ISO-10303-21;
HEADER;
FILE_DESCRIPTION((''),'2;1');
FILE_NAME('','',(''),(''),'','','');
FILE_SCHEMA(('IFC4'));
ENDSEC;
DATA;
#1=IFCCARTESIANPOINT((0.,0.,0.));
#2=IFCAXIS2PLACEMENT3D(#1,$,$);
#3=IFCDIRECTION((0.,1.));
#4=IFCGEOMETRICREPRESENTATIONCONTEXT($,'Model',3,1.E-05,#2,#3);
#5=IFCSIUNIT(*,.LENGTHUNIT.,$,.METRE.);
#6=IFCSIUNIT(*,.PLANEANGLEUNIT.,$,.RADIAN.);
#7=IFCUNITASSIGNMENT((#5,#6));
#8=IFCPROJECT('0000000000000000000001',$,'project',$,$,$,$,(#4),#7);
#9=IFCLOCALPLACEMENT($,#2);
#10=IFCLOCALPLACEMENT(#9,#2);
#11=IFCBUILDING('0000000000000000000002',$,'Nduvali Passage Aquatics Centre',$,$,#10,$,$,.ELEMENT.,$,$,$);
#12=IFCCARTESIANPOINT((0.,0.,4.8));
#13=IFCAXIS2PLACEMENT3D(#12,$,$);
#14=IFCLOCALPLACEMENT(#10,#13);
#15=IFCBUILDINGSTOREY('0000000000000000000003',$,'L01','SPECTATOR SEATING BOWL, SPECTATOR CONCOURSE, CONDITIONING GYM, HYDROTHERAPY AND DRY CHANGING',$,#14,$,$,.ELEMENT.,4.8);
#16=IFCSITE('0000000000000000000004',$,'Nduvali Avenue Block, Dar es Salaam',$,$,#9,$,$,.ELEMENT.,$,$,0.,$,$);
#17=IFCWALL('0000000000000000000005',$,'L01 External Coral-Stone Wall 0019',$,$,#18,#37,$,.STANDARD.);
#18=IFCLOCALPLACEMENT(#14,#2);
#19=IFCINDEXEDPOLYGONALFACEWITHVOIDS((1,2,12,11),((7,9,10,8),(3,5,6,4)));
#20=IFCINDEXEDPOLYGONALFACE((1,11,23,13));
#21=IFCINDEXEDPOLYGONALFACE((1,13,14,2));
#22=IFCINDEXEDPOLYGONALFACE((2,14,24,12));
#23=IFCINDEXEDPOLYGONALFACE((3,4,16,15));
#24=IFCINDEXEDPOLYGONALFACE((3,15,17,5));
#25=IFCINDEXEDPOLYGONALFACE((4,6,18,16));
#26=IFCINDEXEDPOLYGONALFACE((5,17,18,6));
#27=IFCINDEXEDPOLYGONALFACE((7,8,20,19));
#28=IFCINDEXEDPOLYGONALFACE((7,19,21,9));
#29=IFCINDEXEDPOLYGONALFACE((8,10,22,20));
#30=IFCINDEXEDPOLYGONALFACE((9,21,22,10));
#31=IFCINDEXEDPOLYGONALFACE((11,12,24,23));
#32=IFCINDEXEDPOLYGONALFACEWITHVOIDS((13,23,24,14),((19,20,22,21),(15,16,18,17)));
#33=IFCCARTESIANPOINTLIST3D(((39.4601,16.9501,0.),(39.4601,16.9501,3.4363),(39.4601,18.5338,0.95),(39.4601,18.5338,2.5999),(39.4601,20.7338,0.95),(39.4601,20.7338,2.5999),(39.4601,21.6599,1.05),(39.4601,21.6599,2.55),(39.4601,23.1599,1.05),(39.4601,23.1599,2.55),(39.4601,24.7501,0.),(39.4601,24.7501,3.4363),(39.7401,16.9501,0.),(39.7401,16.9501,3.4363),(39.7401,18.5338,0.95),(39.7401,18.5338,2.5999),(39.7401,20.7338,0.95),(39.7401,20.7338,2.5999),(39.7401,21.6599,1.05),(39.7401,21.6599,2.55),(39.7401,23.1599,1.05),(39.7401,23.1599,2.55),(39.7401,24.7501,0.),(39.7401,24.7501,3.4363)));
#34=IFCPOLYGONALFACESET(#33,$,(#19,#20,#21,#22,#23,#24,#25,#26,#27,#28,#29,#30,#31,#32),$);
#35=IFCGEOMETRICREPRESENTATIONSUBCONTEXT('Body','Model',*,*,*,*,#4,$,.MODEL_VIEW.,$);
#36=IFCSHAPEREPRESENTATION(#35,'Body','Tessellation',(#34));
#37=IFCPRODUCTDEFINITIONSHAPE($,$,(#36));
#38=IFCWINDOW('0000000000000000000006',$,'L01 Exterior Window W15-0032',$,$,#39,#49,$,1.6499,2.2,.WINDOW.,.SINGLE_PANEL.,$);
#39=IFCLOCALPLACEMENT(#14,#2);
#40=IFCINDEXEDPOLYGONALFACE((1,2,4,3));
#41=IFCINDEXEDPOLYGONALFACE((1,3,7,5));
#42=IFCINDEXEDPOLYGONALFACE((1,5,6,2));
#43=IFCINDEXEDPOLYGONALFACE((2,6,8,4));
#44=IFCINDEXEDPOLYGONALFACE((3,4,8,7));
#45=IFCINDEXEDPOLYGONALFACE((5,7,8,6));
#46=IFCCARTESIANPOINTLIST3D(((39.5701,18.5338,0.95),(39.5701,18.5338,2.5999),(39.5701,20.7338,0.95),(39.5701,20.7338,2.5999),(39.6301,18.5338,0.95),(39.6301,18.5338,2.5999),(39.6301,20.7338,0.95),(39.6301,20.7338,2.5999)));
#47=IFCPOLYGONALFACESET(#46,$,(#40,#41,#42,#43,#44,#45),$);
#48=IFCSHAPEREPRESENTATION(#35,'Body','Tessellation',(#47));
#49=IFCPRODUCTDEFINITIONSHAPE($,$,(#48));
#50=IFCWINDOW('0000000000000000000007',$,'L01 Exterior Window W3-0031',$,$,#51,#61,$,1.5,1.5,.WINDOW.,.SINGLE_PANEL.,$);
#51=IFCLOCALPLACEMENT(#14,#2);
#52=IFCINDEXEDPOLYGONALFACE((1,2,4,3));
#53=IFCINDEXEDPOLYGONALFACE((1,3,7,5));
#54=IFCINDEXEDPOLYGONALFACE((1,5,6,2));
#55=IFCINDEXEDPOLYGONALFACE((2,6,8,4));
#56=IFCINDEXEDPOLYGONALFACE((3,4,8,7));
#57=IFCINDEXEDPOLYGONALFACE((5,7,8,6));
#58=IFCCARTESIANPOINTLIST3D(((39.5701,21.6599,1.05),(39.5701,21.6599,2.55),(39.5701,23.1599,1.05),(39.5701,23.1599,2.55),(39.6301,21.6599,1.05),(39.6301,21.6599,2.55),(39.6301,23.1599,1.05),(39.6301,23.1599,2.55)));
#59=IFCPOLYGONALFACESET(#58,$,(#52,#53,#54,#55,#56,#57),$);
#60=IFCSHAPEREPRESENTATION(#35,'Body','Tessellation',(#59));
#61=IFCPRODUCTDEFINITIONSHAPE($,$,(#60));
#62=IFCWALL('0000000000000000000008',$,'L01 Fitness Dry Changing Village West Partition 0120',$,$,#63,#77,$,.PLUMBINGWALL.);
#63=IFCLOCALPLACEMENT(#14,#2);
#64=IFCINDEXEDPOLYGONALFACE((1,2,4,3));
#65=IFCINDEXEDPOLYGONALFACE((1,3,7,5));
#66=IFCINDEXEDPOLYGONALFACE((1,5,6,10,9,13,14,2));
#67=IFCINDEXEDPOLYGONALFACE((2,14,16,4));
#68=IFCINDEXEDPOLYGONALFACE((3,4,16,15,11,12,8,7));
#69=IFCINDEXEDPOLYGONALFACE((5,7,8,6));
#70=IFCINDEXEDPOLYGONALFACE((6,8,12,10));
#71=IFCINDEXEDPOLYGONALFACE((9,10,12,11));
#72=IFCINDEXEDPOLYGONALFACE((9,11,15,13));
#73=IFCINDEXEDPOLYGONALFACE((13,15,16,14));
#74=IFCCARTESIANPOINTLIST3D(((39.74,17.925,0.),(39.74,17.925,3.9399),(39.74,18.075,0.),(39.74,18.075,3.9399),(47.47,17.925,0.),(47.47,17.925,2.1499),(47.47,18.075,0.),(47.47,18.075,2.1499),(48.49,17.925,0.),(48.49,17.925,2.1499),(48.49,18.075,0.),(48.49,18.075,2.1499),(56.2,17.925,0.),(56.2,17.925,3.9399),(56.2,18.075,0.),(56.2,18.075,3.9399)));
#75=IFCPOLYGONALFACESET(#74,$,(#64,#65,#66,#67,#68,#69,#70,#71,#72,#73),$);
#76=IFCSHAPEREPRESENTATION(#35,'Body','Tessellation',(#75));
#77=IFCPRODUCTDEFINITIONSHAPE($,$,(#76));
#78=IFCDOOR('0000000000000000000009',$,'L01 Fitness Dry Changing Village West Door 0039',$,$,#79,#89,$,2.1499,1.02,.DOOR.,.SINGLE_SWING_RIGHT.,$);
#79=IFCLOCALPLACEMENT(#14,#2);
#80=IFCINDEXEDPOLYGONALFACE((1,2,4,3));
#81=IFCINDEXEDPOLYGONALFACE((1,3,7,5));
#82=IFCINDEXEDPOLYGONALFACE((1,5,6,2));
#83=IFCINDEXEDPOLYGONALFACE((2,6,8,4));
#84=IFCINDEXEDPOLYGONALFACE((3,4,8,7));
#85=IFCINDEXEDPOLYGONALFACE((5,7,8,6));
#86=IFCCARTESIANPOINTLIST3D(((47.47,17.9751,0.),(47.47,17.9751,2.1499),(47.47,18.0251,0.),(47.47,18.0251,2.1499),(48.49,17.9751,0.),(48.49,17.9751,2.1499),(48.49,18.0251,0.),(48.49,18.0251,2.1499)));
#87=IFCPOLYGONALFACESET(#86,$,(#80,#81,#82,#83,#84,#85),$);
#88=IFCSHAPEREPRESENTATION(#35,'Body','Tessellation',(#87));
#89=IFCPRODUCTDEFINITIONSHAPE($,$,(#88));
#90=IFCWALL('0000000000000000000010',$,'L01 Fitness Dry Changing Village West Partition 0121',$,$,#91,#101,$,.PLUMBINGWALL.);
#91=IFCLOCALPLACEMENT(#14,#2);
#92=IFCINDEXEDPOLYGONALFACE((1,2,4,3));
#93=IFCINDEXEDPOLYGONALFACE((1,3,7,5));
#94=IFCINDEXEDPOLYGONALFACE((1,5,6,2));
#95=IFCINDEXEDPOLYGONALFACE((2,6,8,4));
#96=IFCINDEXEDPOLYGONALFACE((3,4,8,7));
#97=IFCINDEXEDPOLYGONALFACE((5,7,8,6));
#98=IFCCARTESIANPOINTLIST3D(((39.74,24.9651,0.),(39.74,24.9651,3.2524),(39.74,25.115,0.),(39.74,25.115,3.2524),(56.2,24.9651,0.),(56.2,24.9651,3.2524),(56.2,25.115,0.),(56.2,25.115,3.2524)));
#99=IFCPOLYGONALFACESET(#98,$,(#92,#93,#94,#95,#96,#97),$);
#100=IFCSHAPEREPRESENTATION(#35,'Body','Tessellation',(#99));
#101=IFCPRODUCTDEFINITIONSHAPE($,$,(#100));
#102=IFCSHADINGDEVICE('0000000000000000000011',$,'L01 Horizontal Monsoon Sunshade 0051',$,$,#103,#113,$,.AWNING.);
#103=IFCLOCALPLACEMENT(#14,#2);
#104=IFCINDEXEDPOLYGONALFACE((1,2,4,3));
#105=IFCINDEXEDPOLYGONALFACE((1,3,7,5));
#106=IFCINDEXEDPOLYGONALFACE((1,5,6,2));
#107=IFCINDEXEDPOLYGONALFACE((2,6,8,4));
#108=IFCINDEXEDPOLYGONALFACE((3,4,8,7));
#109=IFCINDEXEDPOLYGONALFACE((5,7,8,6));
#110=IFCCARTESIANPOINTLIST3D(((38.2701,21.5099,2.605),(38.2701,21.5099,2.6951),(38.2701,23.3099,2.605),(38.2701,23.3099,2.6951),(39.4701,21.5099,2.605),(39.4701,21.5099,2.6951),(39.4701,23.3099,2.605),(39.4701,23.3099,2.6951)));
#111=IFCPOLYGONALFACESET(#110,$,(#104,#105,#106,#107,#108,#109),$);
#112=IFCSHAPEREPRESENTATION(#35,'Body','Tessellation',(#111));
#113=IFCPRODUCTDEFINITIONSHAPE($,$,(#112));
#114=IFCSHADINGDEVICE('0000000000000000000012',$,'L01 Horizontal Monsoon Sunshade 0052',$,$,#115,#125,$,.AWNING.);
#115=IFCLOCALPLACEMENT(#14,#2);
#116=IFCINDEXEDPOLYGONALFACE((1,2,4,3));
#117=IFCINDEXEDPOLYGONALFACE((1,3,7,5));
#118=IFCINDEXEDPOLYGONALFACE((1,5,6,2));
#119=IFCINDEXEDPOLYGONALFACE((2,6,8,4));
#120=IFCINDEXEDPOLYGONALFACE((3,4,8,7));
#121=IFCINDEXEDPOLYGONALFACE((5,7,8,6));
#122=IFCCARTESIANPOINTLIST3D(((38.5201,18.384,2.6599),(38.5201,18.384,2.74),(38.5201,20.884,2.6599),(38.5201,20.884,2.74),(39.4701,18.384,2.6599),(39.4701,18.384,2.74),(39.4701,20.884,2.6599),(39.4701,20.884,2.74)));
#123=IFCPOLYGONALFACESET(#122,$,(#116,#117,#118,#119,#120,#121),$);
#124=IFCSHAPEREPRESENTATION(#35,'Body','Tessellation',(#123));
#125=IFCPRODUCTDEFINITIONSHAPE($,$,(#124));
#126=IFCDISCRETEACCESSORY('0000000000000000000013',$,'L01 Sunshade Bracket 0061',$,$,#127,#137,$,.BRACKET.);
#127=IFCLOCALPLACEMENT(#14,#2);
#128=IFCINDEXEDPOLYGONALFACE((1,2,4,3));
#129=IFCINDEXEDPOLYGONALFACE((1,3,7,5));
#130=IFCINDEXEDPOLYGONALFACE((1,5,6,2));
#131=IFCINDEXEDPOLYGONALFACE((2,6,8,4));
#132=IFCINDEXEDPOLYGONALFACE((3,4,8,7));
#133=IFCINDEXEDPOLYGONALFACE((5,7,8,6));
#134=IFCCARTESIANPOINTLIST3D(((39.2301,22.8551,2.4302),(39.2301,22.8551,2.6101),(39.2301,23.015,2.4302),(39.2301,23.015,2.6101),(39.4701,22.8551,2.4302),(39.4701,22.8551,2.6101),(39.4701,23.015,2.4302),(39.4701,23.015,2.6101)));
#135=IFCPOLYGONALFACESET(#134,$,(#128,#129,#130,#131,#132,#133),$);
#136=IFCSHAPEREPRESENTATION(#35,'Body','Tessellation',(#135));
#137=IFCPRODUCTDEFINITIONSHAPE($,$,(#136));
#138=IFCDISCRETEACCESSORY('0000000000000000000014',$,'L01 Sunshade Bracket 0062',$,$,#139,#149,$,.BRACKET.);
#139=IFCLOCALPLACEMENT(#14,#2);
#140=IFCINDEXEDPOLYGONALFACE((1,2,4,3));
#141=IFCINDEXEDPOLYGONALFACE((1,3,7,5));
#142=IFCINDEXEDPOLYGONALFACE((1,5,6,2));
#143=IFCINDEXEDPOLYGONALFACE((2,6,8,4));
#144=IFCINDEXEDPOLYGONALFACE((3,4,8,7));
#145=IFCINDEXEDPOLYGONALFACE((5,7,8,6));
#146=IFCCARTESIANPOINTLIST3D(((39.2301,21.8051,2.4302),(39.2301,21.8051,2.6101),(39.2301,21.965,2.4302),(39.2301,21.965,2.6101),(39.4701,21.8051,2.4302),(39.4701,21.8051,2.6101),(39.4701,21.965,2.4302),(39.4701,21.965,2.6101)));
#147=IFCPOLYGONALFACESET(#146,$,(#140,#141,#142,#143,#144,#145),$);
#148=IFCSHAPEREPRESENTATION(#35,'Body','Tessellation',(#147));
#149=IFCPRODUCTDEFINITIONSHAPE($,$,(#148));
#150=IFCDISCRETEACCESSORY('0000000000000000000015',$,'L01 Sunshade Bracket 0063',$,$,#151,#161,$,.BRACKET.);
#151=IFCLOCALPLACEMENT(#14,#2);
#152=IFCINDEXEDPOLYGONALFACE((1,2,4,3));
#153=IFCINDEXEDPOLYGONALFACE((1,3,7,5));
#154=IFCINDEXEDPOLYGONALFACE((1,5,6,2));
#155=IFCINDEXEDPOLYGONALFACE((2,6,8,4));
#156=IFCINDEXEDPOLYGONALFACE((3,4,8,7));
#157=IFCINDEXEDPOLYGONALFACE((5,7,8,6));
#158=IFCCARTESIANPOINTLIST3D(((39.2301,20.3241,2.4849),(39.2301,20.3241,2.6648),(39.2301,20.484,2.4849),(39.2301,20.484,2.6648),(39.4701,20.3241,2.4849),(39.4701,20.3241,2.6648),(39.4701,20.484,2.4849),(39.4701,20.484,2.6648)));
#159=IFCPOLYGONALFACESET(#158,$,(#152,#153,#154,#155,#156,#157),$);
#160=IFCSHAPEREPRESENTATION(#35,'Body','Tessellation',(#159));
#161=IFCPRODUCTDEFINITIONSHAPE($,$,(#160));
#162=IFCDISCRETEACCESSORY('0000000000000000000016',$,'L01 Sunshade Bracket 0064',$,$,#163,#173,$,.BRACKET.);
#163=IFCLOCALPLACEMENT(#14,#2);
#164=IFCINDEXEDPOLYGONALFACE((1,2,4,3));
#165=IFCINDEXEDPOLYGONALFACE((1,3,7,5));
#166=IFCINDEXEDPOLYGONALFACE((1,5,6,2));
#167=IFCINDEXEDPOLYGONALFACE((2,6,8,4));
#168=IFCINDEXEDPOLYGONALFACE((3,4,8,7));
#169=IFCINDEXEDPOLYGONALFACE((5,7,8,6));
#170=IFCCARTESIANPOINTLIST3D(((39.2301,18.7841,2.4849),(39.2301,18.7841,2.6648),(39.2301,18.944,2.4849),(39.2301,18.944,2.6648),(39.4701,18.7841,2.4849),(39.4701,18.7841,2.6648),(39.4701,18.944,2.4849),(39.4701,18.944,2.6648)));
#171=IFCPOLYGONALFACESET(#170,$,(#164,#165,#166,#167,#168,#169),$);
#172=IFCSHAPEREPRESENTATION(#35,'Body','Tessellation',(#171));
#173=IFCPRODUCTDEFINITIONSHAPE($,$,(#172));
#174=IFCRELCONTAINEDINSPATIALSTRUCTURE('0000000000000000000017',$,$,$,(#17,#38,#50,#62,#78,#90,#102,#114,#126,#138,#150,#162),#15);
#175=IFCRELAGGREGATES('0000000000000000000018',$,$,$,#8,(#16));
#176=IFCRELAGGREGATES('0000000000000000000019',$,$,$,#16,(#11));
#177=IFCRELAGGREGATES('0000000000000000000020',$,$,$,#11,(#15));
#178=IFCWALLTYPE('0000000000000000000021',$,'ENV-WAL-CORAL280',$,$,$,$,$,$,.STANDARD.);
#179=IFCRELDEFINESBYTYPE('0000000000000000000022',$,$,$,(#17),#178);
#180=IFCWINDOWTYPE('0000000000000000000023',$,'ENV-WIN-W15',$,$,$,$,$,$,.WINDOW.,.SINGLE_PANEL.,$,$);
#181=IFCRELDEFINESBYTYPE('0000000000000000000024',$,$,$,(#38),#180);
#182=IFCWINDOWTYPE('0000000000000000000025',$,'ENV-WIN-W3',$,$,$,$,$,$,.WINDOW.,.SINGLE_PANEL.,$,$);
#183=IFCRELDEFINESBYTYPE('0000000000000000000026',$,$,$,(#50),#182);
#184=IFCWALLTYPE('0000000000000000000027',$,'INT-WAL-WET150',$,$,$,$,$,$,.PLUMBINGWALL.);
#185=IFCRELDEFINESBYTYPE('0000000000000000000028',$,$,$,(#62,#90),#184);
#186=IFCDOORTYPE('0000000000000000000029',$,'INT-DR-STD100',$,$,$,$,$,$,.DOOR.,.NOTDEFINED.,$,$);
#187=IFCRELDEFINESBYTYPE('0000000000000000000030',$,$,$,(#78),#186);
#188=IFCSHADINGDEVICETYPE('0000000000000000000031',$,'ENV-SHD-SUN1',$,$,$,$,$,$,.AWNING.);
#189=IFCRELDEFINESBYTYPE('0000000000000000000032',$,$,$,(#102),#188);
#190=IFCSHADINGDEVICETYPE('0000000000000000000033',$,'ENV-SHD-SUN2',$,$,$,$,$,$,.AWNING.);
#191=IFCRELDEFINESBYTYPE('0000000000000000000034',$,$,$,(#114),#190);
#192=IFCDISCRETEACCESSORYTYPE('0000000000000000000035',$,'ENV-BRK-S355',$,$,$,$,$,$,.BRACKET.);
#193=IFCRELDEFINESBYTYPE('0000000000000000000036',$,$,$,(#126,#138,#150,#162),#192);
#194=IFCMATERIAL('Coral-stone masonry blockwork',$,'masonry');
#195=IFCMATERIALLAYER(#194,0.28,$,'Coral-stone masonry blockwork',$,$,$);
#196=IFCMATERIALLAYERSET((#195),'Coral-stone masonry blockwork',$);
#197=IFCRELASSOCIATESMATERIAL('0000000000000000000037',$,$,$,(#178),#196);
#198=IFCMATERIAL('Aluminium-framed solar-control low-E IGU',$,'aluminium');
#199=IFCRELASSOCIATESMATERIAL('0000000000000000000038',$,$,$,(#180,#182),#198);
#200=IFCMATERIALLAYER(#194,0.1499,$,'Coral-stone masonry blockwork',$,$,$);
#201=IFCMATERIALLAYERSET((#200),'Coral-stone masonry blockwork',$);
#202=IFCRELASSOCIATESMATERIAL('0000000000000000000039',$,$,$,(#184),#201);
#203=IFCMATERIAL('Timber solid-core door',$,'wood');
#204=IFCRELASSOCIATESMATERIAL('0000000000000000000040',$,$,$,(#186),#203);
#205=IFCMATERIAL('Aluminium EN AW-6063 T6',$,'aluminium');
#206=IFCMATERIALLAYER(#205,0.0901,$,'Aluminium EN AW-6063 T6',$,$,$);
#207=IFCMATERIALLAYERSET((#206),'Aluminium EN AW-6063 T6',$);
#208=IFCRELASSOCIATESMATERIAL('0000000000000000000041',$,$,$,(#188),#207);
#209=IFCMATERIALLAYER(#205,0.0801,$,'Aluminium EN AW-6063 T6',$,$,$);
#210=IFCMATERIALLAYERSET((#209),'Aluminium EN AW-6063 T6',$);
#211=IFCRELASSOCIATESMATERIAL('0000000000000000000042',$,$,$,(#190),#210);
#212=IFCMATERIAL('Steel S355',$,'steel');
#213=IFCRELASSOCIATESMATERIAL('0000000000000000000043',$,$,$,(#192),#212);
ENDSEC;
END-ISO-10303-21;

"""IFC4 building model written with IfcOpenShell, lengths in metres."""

from ifc_helpers import new_model, si_unit, direction, frame, frame_2d, origin, origin_2d, place, context, subcontext, project, spatial, rectangle, extrude, material, layer, layer_set, type_object, element, fill, save


model = new_model("IFC4")

# Units and contexts
model_context = context("Model", 3, precision=1e-05, world=origin(), true_north=direction((0.0, 1.0)))
body_context = subcontext(model_context, "Body", "Model", "MODEL_VIEW")
ifc_project = project(units=[si_unit("LENGTHUNIT", "METRE"), si_unit("PLANEANGLEUNIT", "RADIAN")], contexts=[model_context])

# Site, building, storey
site_placement = place(None, origin())
site = spatial("IfcSite", under=ifc_project, at=site_placement, Name="Nduvali Avenue Block, Dar es Salaam", CompositionType="ELEMENT", RefElevation=0.0)
building_placement = place(site_placement, origin())
building = spatial("IfcBuilding", under=site, at=building_placement, Name="Nduvali Passage Aquatics Centre", CompositionType="ELEMENT")
storey_placement = place(building_placement, frame((0.0, 0.0, 4.8)))
storey = spatial("IfcBuildingStorey", under=building, at=storey_placement, Name="L01", Description="SPECTATOR SEATING BOWL, SPECTATOR CONCOURSE, CONDITIONING GYM, HYDROTHERAPY AND DRY CHANGING", CompositionType="ELEMENT", Elevation=4.8)

# Shared definitions
ifc_material_1 = material(Name="Aluminium EN AW-6063 T6", Category="aluminium")

# Wall, openings, windows
ifc_material_2 = material(Name="Coral-stone masonry blockwork", Category="masonry")
ifc_layer_1 = layer(ifc_material_2, 0.28, Name="Coral-stone masonry blockwork")
ifc_layer_set_1 = layer_set([ifc_layer_1], Name="Coral-stone masonry blockwork")
wall_type_1 = type_object("IfcWallType", Name="ENV-WAL-CORAL280", PredefinedType="STANDARD", material=ifc_layer_set_1)
wall_1_placement = place(storey_placement, frame((39.6001, 24.75, 0.0), z_axis=(0.0, 0.0, 1.0), x_axis=(0.0, -1.0, 0.0)))
wall_1 = element("IfcWall", 1, at=wall_1_placement, inside=storey, type_object=wall_type_1, Name="L01 External Coral-Stone Wall 0019", PredefinedType="STANDARD", context=body_context, shape_type="SweptSolid", body=[
    extrude(rectangle(XDim=7.8, YDim=0.28, at=frame_2d((3.8999, 0.0))), origin(), (0.0, 0.0, 1.0), 3.4363),
])
opening_1_placement = place(wall_1_placement, frame((1.5901, 0.0, 1.05)))
opening_1 = element("IfcOpeningElement", 2, at=opening_1_placement, cuts=wall_1, PredefinedType="OPENING", context=body_context, shape_type="SweptSolid", body=[
    extrude(rectangle(XDim=1.5, YDim=1.5, at=frame_2d((0.75, 0.75))), frame((0.0, 0.1548, 0.0), z_axis=(0.0, -1.0, 0.0), x_axis=(1.0, 0.0, 0.0)), (0.0, 0.0, 1.0), 0.3098),
])
opening_2_placement = place(wall_1_placement, frame((4.0161, 0.0, 0.95)))
opening_2 = element("IfcOpeningElement", 3, at=opening_2_placement, cuts=wall_1, PredefinedType="OPENING", context=body_context, shape_type="SweptSolid", body=[
    extrude(rectangle(XDim=2.2, YDim=1.6499, at=frame_2d((1.1001, 0.825))), frame((0.0, 0.1548, 0.0), z_axis=(0.0, -1.0, 0.0), x_axis=(1.0, 0.0, 0.0)), (0.0, 0.0, 1.0), 0.3098),
])
ifc_material_3 = material(Name="Aluminium-framed solar-control low-E IGU", Category="aluminium")
window_type_1 = type_object("IfcWindowType", Name="ENV-WIN-W15", PartitioningType="SINGLE_PANEL", PredefinedType="WINDOW", material=ifc_material_3)
window_1_placement = place(opening_2_placement, origin())
window_1 = element("IfcWindow", 4, at=window_1_placement, inside=storey, type_object=window_type_1, Name="L01 Exterior Window W15-0032", OverallHeight=1.6499, OverallWidth=2.2, PartitioningType="SINGLE_PANEL", PredefinedType="WINDOW", context=body_context, shape_type="SweptSolid", body=[
    extrude(rectangle(XDim=2.2, YDim=1.6499, at=frame_2d((1.1001, 0.825))), frame((0.0, 0.03, 0.0), z_axis=(0.0, -1.0, 0.0), x_axis=(1.0, 0.0, 0.0)), (0.0, 0.0, 1.0), 0.0601),
])
fill(opening_2, window_1)
window_type_2 = type_object("IfcWindowType", Name="ENV-WIN-W3", PartitioningType="SINGLE_PANEL", PredefinedType="WINDOW", material=ifc_material_3)
window_2_placement = place(opening_1_placement, origin())
window_2 = element("IfcWindow", 5, at=window_2_placement, inside=storey, type_object=window_type_2, Name="L01 Exterior Window W3-0031", OverallHeight=1.5, OverallWidth=1.5, PartitioningType="SINGLE_PANEL", PredefinedType="WINDOW", context=body_context, shape_type="SweptSolid", body=[
    extrude(rectangle(XDim=1.5, YDim=1.5, at=frame_2d((0.75, 0.75))), frame((0.0, 0.03, 0.0), z_axis=(0.0, -1.0, 0.0), x_axis=(1.0, 0.0, 0.0)), (0.0, 0.0, 1.0), 0.0601),
])
fill(opening_1, window_2)

# Wall, opening, door
ifc_layer_2 = layer(ifc_material_2, 0.1499, Name="Coral-stone masonry blockwork")
ifc_layer_set_2 = layer_set([ifc_layer_2], Name="Coral-stone masonry blockwork")
wall_type_2 = type_object("IfcWallType", Name="INT-WAL-WET150", PredefinedType="PLUMBINGWALL", material=ifc_layer_set_2)
wall_2_placement = place(storey_placement, frame((39.74, 18.0, 0.0), z_axis=(0.0, 0.0, 1.0), x_axis=(1.0, 0.0, 0.0)))
wall_2 = element("IfcWall", 6, at=wall_2_placement, inside=storey, type_object=wall_type_2, Name="L01 Fitness Dry Changing Village West Partition 0120", PredefinedType="PLUMBINGWALL", context=body_context, shape_type="SweptSolid", body=[
    extrude(rectangle(XDim=16.46, YDim=0.1499, at=frame_2d((8.23, 0.0))), origin(), (0.0, 0.0, 1.0), 3.9399),
])
opening_3_placement = place(wall_2_placement, frame((7.73, 0.0, 0.0)))
opening_3 = element("IfcOpeningElement", 7, at=opening_3_placement, cuts=wall_2, PredefinedType="OPENING", context=body_context, shape_type="SweptSolid", body=[
    extrude(rectangle(XDim=1.02, YDim=2.1499, at=frame_2d((0.51, 1.075))), frame((0.0, 0.0898, 0.0), z_axis=(0.0, -1.0, 0.0), x_axis=(1.0, 0.0, 0.0)), (0.0, 0.0, 1.0), 0.1797),
])
ifc_material_4 = material(Name="Timber solid-core door", Category="wood")
door_type = type_object("IfcDoorType", Name="INT-DR-STD100", OperationType="NOTDEFINED", PredefinedType="DOOR", material=ifc_material_4)
door_placement = place(opening_3_placement, frame((1.02, 0.0, 0.0), z_axis=(0.0, 0.0, 1.0), x_axis=(-1.0, 0.0, 0.0)))
door = element("IfcDoor", 8, at=door_placement, inside=storey, type_object=door_type, Name="L01 Fitness Dry Changing Village West Door 0039", OperationType="SINGLE_SWING_RIGHT", OverallHeight=2.1499, OverallWidth=1.02, PredefinedType="DOOR", context=body_context, shape_type="SweptSolid", body=[
    extrude(rectangle(XDim=1.02, YDim=2.1499, at=frame_2d((0.51, 1.075))), frame((0.0, 0.0249, 0.0), z_axis=(0.0, -1.0, 0.0), x_axis=(1.0, 0.0, 0.0)), (0.0, 0.0, 1.0), 0.05),
])
fill(opening_3, door)

# Wall
wall_3_placement = place(storey_placement, frame((39.74, 25.04, 0.0), z_axis=(0.0, 0.0, 1.0), x_axis=(1.0, 0.0, 0.0)))
element("IfcWall", 9, at=wall_3_placement, inside=storey, type_object=wall_type_2, Name="L01 Fitness Dry Changing Village West Partition 0121", PredefinedType="PLUMBINGWALL", context=body_context, shape_type="SweptSolid", body=[
    extrude(rectangle(XDim=16.46, YDim=0.1499, at=frame_2d((8.23, 0.0))), origin(), (0.0, 0.0, 1.0), 3.2524),
])

# Shading devices
ifc_layer_3 = layer(ifc_material_1, 0.0901, Name="Aluminium EN AW-6063 T6")
ifc_layer_set_3 = layer_set([ifc_layer_3], Name="Aluminium EN AW-6063 T6")
shading_device_type_1 = type_object("IfcShadingDeviceType", Name="ENV-SHD-SUN1", PredefinedType="AWNING", material=ifc_layer_set_3)
shading_device_1_placement = place(storey_placement, frame((38.8701, 22.4099, 2.605), z_axis=(0.0, 0.0, 1.0), x_axis=(0.0, -1.0, 0.0)))
element("IfcShadingDevice", 10, at=shading_device_1_placement, inside=storey, type_object=shading_device_type_1, Name="L01 Horizontal Monsoon Sunshade 0051", PredefinedType="AWNING", context=body_context, shape_type="SweptSolid", body=[
    extrude(rectangle(XDim=1.8, YDim=1.2, at=origin_2d()), origin(), (0.0, 0.0, 1.0), 0.0901),
])
ifc_layer_4 = layer(ifc_material_1, 0.0801, Name="Aluminium EN AW-6063 T6")
ifc_layer_set_4 = layer_set([ifc_layer_4], Name="Aluminium EN AW-6063 T6")
shading_device_type_2 = type_object("IfcShadingDeviceType", Name="ENV-SHD-SUN2", PredefinedType="AWNING", material=ifc_layer_set_4)
shading_device_2_placement = place(storey_placement, frame((38.9951, 19.634, 2.6599), z_axis=(0.0, 0.0, 1.0), x_axis=(0.0, -1.0, 0.0)))
element("IfcShadingDevice", 11, at=shading_device_2_placement, inside=storey, type_object=shading_device_type_2, Name="L01 Horizontal Monsoon Sunshade 0052", PredefinedType="AWNING", context=body_context, shape_type="SweptSolid", body=[
    extrude(rectangle(XDim=2.5, YDim=0.95, at=origin_2d()), origin(), (0.0, 0.0, 1.0), 0.0801),
])

# Discrete accessories
ifc_material_5 = material(Name="Steel S355", Category="steel")
discrete_accessory_type = type_object("IfcDiscreteAccessoryType", Name="ENV-BRK-S355", PredefinedType="BRACKET", material=ifc_material_5)
for number, where, z_axis, x_axis, name in (
    (12, (39.3501, 22.9351, 2.4302), (0.0, 0.0, 1.0), (0.0, -1.0, 0.0), "L01 Sunshade Bracket 0061"),
    (13, (39.3501, 21.885, 2.4302), (0.0, 0.0, 1.0), (0.0, -1.0, 0.0), "L01 Sunshade Bracket 0062"),
    (14, (39.3501, 20.4041, 2.4849), (0.0, 0.0, 1.0), (0.0, -1.0, 0.0), "L01 Sunshade Bracket 0063"),
    (15, (39.3501, 18.864, 2.4849), (0.0, 0.0, 1.0), (0.0, -1.0, 0.0), "L01 Sunshade Bracket 0064"),
):
    element("IfcDiscreteAccessory", number, at=place(storey_placement, frame(where, z_axis=z_axis, x_axis=x_axis)), inside=storey, type_object=discrete_accessory_type, Name=name, PredefinedType="BRACKET", context=body_context, shape_type="SweptSolid", body=[
        extrude(rectangle(XDim=0.1599, YDim=0.24, at=origin_2d()), origin(), (0.0, 0.0, 1.0), 0.1799),
    ])

save(model, "model.ifc")
